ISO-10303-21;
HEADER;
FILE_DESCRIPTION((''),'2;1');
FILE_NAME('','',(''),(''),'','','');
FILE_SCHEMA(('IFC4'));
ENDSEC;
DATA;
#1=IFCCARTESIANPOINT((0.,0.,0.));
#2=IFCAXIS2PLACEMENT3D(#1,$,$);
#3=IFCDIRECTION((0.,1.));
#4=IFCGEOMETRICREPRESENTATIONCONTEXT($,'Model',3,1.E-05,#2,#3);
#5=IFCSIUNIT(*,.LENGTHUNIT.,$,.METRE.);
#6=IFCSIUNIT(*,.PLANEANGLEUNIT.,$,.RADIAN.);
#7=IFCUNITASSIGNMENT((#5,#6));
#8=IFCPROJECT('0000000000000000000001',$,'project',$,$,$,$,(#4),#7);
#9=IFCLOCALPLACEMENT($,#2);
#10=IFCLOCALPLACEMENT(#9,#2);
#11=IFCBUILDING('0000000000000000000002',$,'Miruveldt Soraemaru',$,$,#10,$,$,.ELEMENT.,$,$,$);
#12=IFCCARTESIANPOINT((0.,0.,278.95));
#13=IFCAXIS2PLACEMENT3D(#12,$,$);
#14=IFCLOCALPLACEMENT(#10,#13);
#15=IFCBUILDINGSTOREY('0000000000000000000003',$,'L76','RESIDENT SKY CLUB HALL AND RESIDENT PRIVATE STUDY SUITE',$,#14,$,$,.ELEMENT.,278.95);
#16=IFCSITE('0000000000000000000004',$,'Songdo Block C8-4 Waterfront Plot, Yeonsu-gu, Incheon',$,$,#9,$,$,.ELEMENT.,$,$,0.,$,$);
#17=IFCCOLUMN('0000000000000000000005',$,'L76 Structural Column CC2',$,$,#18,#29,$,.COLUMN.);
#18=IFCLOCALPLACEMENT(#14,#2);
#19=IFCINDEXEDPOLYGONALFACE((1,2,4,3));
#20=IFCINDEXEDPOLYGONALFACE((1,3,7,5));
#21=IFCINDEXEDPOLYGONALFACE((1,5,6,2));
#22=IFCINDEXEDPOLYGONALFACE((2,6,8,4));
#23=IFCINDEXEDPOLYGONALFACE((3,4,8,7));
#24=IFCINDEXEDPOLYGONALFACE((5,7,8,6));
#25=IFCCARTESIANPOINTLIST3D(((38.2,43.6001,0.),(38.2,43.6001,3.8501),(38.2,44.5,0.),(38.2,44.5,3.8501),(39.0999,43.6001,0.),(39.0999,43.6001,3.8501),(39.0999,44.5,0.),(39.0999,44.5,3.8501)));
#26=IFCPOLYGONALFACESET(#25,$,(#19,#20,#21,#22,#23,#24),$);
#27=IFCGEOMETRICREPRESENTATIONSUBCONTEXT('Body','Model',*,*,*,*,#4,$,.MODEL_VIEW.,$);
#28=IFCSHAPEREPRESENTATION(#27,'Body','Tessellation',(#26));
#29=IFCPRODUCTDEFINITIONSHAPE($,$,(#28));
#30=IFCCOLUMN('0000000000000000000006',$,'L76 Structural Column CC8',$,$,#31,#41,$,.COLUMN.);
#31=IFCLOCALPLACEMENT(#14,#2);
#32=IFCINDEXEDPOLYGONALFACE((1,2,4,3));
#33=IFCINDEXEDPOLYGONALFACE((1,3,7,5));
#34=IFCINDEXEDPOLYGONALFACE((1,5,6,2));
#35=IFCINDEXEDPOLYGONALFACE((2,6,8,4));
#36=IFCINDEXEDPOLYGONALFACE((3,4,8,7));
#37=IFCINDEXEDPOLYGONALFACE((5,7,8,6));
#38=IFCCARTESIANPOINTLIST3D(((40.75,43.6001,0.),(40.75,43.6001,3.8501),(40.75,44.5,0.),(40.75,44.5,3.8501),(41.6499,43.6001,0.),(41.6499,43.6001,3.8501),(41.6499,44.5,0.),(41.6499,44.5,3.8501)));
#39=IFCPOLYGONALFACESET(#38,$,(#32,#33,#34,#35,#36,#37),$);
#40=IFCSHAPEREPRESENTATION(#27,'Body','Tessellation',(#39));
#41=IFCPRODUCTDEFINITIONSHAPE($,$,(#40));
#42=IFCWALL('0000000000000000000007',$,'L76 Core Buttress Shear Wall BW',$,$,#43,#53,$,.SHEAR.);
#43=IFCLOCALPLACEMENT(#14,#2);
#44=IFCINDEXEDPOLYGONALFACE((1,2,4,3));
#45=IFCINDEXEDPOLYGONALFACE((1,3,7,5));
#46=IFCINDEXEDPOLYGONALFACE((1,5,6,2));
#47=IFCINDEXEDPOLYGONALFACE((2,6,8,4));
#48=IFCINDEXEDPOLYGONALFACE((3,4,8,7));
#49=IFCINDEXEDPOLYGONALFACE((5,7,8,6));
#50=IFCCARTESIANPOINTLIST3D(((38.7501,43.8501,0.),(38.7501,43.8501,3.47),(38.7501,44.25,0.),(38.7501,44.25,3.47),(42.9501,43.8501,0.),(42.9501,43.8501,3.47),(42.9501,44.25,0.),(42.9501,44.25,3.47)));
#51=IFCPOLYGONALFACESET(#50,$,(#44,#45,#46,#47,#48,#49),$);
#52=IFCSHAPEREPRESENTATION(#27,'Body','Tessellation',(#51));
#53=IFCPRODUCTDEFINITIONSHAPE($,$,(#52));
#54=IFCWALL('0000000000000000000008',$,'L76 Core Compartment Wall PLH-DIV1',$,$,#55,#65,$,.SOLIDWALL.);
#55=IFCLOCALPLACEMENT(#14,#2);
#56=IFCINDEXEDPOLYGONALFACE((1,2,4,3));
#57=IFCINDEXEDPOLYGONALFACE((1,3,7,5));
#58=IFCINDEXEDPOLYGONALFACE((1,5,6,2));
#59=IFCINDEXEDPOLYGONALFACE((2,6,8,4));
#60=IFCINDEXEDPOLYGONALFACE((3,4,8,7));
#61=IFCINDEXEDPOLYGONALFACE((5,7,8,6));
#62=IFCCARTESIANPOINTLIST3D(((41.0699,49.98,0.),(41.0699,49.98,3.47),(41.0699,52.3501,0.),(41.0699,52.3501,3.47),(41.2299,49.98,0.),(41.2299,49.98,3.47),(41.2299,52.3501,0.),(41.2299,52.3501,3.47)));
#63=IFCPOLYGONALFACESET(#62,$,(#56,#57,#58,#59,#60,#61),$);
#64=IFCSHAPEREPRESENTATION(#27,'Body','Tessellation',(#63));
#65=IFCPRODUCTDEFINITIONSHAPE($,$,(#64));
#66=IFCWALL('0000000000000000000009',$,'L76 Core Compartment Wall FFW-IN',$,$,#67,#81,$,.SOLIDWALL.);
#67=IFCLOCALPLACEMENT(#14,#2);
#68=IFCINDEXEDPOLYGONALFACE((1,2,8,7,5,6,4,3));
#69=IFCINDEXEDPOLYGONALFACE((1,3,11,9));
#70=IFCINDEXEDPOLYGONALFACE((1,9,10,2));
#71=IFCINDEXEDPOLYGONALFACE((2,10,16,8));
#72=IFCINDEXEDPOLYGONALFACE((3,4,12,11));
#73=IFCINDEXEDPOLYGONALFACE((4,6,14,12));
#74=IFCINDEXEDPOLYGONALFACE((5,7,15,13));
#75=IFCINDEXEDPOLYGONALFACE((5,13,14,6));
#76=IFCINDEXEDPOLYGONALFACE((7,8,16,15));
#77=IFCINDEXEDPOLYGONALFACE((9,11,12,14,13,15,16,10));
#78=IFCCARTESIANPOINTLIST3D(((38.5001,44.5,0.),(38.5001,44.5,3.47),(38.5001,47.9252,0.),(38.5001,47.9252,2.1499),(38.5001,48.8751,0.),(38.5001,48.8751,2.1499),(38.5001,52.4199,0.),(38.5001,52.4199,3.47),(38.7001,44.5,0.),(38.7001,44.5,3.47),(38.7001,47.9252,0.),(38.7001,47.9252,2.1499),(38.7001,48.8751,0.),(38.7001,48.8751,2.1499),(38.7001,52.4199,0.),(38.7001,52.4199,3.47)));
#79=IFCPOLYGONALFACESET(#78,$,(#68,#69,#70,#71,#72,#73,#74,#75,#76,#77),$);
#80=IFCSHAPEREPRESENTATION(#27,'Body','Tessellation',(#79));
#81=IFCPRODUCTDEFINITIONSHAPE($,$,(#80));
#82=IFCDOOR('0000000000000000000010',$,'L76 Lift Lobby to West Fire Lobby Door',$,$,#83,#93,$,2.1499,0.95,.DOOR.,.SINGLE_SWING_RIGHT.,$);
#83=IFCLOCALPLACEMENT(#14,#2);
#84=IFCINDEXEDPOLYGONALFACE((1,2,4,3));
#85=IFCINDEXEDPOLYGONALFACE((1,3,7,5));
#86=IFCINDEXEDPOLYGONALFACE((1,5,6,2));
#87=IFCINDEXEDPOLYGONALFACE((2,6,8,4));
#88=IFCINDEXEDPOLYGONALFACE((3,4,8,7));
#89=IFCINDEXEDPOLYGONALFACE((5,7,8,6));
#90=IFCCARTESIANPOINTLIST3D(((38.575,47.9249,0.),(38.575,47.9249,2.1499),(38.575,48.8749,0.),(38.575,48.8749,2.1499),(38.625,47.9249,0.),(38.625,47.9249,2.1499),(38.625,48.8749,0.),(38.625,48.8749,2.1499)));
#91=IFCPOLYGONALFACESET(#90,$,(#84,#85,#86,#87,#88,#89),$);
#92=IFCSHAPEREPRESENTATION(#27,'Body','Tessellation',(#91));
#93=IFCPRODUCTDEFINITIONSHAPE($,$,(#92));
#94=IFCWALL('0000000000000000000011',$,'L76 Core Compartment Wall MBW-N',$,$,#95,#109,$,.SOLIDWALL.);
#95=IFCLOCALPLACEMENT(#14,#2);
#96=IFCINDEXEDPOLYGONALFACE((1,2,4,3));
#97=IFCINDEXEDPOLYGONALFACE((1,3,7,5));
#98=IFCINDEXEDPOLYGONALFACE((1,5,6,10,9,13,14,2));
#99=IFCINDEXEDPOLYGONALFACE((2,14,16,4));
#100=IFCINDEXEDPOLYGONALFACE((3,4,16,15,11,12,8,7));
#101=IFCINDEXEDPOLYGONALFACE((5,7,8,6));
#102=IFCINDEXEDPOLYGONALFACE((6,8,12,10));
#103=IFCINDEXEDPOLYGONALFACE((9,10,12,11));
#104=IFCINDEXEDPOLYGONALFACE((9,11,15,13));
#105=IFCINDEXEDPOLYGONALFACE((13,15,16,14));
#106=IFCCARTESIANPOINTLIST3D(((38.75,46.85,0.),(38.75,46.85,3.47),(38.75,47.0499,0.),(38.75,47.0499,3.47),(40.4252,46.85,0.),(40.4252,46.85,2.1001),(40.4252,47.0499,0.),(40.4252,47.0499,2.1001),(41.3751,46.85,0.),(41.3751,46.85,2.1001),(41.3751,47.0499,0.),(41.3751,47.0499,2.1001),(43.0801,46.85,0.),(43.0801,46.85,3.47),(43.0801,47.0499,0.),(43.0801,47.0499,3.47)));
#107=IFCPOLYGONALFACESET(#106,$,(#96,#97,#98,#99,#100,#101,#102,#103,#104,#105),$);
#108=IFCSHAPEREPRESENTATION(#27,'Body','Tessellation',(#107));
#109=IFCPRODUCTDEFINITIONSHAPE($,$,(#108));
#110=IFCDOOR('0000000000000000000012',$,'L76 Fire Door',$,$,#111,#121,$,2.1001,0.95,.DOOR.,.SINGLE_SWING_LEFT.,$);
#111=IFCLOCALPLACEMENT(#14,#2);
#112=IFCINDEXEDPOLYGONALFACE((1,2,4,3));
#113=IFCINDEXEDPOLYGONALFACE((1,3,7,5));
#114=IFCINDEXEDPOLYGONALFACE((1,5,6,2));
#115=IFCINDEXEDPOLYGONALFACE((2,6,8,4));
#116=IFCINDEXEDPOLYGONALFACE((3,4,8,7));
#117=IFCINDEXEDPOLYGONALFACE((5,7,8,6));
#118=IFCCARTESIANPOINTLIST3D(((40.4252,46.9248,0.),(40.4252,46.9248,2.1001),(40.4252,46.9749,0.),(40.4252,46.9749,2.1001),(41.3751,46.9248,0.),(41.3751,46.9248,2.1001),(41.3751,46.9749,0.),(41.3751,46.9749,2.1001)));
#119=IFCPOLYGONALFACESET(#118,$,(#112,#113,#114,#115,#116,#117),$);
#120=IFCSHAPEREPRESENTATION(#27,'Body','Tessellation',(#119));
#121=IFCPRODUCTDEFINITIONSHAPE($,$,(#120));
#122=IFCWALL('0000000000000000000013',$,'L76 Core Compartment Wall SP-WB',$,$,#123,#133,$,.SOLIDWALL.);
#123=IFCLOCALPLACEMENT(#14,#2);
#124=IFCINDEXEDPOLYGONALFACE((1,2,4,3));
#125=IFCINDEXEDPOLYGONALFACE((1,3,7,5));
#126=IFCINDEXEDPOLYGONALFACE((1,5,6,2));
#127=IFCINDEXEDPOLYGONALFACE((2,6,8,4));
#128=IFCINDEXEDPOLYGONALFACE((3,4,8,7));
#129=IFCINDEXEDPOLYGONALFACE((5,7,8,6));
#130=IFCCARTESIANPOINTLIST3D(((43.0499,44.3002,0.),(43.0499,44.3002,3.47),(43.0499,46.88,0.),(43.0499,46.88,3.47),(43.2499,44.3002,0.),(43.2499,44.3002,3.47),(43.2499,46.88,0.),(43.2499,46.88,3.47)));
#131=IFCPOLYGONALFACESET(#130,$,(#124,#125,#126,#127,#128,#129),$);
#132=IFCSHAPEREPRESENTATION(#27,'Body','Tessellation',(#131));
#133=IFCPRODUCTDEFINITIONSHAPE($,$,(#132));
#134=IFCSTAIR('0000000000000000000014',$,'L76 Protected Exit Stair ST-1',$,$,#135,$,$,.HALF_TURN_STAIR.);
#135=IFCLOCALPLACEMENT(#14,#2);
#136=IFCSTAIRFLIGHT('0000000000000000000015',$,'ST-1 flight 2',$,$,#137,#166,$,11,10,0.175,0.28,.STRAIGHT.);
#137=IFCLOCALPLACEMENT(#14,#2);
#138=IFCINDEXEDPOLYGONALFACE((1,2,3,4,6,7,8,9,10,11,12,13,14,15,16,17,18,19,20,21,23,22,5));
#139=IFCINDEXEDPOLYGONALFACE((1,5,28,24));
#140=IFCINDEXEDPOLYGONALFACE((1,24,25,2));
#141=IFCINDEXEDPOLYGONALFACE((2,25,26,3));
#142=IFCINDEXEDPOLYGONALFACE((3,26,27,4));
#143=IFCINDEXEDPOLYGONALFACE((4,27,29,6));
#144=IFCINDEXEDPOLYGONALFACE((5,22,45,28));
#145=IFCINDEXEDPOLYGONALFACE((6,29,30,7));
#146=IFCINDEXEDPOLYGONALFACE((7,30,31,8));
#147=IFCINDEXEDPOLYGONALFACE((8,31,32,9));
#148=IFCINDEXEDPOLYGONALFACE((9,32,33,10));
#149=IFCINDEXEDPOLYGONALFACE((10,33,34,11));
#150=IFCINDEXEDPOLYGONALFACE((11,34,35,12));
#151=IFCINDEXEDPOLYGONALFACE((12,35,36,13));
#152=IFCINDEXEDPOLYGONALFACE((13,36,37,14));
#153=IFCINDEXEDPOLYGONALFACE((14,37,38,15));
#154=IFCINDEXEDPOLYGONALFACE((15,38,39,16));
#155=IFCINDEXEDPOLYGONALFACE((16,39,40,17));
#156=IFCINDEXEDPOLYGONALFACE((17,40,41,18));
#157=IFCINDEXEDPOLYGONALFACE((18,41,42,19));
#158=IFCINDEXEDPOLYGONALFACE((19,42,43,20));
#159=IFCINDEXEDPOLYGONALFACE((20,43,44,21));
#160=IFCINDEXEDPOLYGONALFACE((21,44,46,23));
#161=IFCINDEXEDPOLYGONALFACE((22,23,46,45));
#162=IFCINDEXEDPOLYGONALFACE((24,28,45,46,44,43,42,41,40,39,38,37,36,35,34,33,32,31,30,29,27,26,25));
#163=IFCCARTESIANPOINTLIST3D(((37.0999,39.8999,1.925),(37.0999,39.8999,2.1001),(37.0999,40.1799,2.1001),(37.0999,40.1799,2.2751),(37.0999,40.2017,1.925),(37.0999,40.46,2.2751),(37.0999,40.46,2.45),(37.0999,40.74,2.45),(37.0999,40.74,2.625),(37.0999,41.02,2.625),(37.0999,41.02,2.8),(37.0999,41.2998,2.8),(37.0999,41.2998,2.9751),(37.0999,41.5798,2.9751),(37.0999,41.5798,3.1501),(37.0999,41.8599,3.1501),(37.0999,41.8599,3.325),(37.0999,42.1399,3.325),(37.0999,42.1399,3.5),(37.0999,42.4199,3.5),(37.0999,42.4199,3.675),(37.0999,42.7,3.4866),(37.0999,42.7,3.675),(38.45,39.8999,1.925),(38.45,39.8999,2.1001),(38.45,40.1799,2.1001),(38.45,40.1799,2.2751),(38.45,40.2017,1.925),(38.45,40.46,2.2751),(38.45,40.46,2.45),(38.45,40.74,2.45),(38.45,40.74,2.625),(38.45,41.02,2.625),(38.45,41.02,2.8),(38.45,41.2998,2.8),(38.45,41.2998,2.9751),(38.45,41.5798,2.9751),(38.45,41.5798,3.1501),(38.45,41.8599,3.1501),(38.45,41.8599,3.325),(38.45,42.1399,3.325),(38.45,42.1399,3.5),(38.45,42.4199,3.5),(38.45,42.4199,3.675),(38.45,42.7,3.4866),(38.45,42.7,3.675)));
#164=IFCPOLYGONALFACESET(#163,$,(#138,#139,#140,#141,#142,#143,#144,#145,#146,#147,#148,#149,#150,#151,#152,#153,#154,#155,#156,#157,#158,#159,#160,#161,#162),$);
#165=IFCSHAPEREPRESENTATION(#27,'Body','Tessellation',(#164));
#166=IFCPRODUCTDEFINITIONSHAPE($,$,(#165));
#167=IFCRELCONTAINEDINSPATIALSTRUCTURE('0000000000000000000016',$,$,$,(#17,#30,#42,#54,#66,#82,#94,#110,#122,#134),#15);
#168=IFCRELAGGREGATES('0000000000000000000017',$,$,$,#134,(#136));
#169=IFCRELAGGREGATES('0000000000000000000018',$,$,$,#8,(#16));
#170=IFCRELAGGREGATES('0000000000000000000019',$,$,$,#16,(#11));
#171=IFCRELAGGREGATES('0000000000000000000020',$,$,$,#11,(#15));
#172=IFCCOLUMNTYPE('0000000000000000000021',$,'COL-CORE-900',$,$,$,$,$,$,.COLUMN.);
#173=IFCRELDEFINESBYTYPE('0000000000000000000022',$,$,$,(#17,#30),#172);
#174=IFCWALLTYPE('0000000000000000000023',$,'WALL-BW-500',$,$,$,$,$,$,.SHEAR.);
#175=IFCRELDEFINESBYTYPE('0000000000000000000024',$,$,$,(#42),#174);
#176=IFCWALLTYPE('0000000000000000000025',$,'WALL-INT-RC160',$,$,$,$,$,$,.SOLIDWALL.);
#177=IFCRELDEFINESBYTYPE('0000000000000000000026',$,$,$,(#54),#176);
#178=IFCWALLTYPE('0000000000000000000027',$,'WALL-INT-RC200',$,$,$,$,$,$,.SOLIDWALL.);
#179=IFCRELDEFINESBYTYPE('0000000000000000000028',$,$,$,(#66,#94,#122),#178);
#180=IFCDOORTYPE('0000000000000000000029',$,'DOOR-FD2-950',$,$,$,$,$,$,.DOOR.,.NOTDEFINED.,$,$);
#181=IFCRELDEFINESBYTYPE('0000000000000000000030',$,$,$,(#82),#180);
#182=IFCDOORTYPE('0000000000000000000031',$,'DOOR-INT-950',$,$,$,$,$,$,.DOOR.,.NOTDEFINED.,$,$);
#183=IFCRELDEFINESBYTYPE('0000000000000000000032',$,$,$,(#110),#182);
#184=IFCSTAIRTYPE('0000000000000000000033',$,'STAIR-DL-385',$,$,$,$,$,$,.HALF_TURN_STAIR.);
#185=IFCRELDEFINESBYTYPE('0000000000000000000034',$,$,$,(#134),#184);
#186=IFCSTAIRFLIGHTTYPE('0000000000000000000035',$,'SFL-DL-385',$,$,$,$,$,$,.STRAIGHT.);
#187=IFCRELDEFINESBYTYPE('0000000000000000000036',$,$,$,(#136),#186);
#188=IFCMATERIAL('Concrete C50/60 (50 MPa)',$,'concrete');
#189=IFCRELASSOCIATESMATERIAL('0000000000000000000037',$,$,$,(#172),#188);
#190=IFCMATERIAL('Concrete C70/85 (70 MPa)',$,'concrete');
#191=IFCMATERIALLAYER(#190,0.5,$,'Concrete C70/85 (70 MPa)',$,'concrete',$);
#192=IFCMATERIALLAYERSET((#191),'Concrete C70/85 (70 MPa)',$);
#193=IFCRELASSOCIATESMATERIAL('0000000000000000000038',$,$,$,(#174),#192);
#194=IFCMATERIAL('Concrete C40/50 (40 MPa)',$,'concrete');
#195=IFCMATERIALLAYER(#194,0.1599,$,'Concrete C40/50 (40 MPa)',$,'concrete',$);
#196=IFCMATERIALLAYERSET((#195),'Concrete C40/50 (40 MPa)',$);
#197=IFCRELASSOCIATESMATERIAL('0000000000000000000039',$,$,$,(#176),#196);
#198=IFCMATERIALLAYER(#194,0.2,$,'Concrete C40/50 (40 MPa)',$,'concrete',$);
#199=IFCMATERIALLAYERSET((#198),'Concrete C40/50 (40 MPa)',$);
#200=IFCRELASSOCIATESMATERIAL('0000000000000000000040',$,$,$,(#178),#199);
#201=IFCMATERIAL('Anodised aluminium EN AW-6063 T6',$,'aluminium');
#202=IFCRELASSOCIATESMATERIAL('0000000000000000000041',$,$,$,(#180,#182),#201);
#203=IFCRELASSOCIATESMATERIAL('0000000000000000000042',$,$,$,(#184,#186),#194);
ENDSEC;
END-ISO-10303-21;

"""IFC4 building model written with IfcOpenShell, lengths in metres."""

from ifc_helpers import new_model, si_unit, direction, frame, frame_2d, origin, origin_2d, place, context, subcontext, project, spatial, polyline, rectangle, outline, extrude, material, layer, layer_set, material_profile, profile_set, type_object, element, fill, aggregate, save


model = new_model("IFC4")

# Units and contexts
model_context = context("Model", 3, precision=1e-05, world=origin(), true_north=direction((0.0, 1.0)))
body_context = subcontext(model_context, "Body", "Model", "MODEL_VIEW")
ifc_project = project(units=[si_unit("LENGTHUNIT", "METRE"), si_unit("PLANEANGLEUNIT", "RADIAN")], contexts=[model_context])

# Site, building, storey
site_placement = place(None, origin())
site = spatial("IfcSite", under=ifc_project, at=site_placement, Name="Songdo Block C8-4 Waterfront Plot, Yeonsu-gu, Incheon", CompositionType="ELEMENT", RefElevation=0.0)
building_placement = place(site_placement, origin())
building = spatial("IfcBuilding", under=site, at=building_placement, Name="Miruveldt Soraemaru", CompositionType="ELEMENT")
storey_placement = place(building_placement, frame((0.0, 0.0, 278.95)))
storey = spatial("IfcBuildingStorey", under=building, at=storey_placement, Name="L76", Description="RESIDENT SKY CLUB HALL AND RESIDENT PRIVATE STUDY SUITE", CompositionType="ELEMENT", Elevation=278.95)

# Columns
ifc_material_1 = material(Name="Concrete C50/60 (50 MPa)", Category="concrete")
ifc_material_profile = material_profile(ifc_material_1, rectangle(XDim=0.8999, YDim=0.8999, at=origin_2d()), Name="Concrete C50/60 (50 MPa)", Category="concrete")
ifc_profile_set = profile_set([ifc_material_profile], Name="Concrete C50/60 (50 MPa)")
column_type = type_object("IfcColumnType", Name="COL-CORE-900", PredefinedType="COLUMN", material=ifc_profile_set)
for number, where, z_axis, x_axis, name in (
    (1, (38.6499, 44.05, 0.0), (0.0, 0.0, 1.0), (1.0, 0.0, 0.0), "L76 Structural Column CC2"),
    (2, (41.2, 44.05, 0.0), (0.0, 0.0, 1.0), (1.0, 0.0, 0.0), "L76 Structural Column CC8"),
):
    element("IfcColumn", number, at=place(storey_placement, frame(where, z_axis=z_axis, x_axis=x_axis)), inside=storey, type_object=column_type, Name=name, PredefinedType="COLUMN", context=body_context, shape_type="SweptSolid", body=[
        extrude(rectangle(XDim=0.8999, YDim=0.8999, at=origin_2d()), origin(), (0.0, 0.0, 1.0), 3.8501),
    ])

# Walls
ifc_material_2 = material(Name="Concrete C70/85 (70 MPa)", Category="concrete")
ifc_layer_1 = layer(ifc_material_2, 0.5, Name="Concrete C70/85 (70 MPa)", Category="concrete")
ifc_layer_set_1 = layer_set([ifc_layer_1], Name="Concrete C70/85 (70 MPa)")
wall_type_1 = type_object("IfcWallType", Name="WALL-BW-500", PredefinedType="SHEAR", material=ifc_layer_set_1)
wall_1_placement = place(storey_placement, frame((38.75, 44.05, 0.0), z_axis=(0.0, 0.0, 1.0), x_axis=(1.0, 0.0, 0.0)))
element("IfcWall", 3, at=wall_1_placement, inside=storey, type_object=wall_type_1, Name="L76 Core Buttress Shear Wall BW", PredefinedType="SHEAR", context=body_context, shape_type="SweptSolid", body=[
    extrude(rectangle(XDim=4.2, YDim=0.3999, at=frame_2d((2.1001, 0.0))), origin(), (0.0, 0.0, 1.0), 3.47),
])
ifc_material_3 = material(Name="Concrete C40/50 (40 MPa)", Category="concrete")
ifc_layer_2 = layer(ifc_material_3, 0.1599, Name="Concrete C40/50 (40 MPa)", Category="concrete")
ifc_layer_set_2 = layer_set([ifc_layer_2], Name="Concrete C40/50 (40 MPa)")
wall_type_2 = type_object("IfcWallType", Name="WALL-INT-RC160", PredefinedType="SOLIDWALL", material=ifc_layer_set_2)
wall_2_placement = place(storey_placement, frame((41.1499, 49.98, 0.0), z_axis=(0.0, 0.0, 1.0), x_axis=(0.0, 1.0, 0.0)))
element("IfcWall", 4, at=wall_2_placement, inside=storey, type_object=wall_type_2, Name="L76 Core Compartment Wall PLH-DIV1", PredefinedType="SOLIDWALL", context=body_context, shape_type="SweptSolid", body=[
    extrude(rectangle(XDim=2.3701, YDim=0.1599, at=frame_2d((1.1851, 0.0))), origin(), (0.0, 0.0, 1.0), 3.47),
])

# Wall, opening, door
ifc_layer_3 = layer(ifc_material_3, 0.2, Name="Concrete C40/50 (40 MPa)", Category="concrete")
ifc_layer_set_3 = layer_set([ifc_layer_3], Name="Concrete C40/50 (40 MPa)")
wall_type_3 = type_object("IfcWallType", Name="WALL-INT-RC200", PredefinedType="SOLIDWALL", material=ifc_layer_set_3)
wall_3_placement = place(storey_placement, frame((38.6001, 44.5, 0.0), z_axis=(0.0, 0.0, 1.0), x_axis=(0.0, 1.0, 0.0)))
wall_3 = element("IfcWall", 5, at=wall_3_placement, inside=storey, type_object=wall_type_3, Name="L76 Core Compartment Wall FFW-IN", PredefinedType="SOLIDWALL", context=body_context, shape_type="SweptSolid", body=[
    extrude(rectangle(XDim=7.9199, YDim=0.2, at=frame_2d((3.96, 0.0))), origin(), (0.0, 0.0, 1.0), 3.47),
])
opening_1_placement = place(wall_3_placement, frame((3.425, 0.0, 0.0)))
opening_1 = element("IfcOpeningElement", 6, at=opening_1_placement, cuts=wall_3, PredefinedType="OPENING", context=body_context, shape_type="SweptSolid", body=[
    extrude(rectangle(XDim=0.95, YDim=2.1499, at=frame_2d((0.4751, 1.075))), frame((0.0, 0.1099, 0.0), z_axis=(0.0, -1.0, 0.0), x_axis=(1.0, 0.0, 0.0)), (0.0, 0.0, 1.0), 0.22),
])
ifc_material_4 = material(Name="Anodised aluminium EN AW-6063 T6", Category="aluminium")
door_type_1 = type_object("IfcDoorType", Name="DOOR-FD2-950", OperationType="NOTDEFINED", PredefinedType="DOOR", material=ifc_material_4)
door_1_placement = place(opening_1_placement, frame((0.95, 0.0, 0.0), z_axis=(0.0, 0.0, 1.0), x_axis=(-1.0, 0.0, 0.0)))
door_1 = element("IfcDoor", 7, at=door_1_placement, inside=storey, type_object=door_type_1, Name="L76 Lift Lobby to West Fire Lobby Door", OperationType="SINGLE_SWING_RIGHT", OverallHeight=2.1499, OverallWidth=0.95, PredefinedType="DOOR", context=body_context, shape_type="SweptSolid", body=[
    extrude(rectangle(XDim=0.95, YDim=2.1499, at=frame_2d((0.4751, 1.075))), frame((0.0, 0.0249, 0.0), z_axis=(0.0, -1.0, 0.0), x_axis=(1.0, 0.0, 0.0)), (0.0, 0.0, 1.0), 0.05),
])
fill(opening_1, door_1)

# Wall, opening, door
wall_4_placement = place(storey_placement, frame((38.75, 46.95, 0.0), z_axis=(0.0, 0.0, 1.0), x_axis=(1.0, 0.0, 0.0)))
wall_4 = element("IfcWall", 8, at=wall_4_placement, inside=storey, type_object=wall_type_3, Name="L76 Core Compartment Wall MBW-N", PredefinedType="SOLIDWALL", context=body_context, shape_type="SweptSolid", body=[
    extrude(rectangle(XDim=4.3301, YDim=0.2, at=frame_2d((2.165, 0.0))), origin(), (0.0, 0.0, 1.0), 3.47),
])
opening_2_placement = place(wall_4_placement, frame((1.675, 0.0, 0.0)))
opening_2 = element("IfcOpeningElement", 9, at=opening_2_placement, cuts=wall_4, PredefinedType="OPENING", context=body_context, shape_type="SweptSolid", body=[
    extrude(rectangle(XDim=0.95, YDim=2.1001, at=frame_2d((0.4751, 1.05))), frame((0.0, 0.1099, 0.0), z_axis=(0.0, -1.0, 0.0), x_axis=(1.0, 0.0, 0.0)), (0.0, 0.0, 1.0), 0.22),
])
door_type_2 = type_object("IfcDoorType", Name="DOOR-INT-950", OperationType="NOTDEFINED", PredefinedType="DOOR", material=ifc_material_4)
door_2_placement = place(opening_2_placement, origin())
door_2 = element("IfcDoor", 10, at=door_2_placement, inside=storey, type_object=door_type_2, Name="L76 Fire Door", OperationType="SINGLE_SWING_LEFT", OverallHeight=2.1001, OverallWidth=0.95, PredefinedType="DOOR", context=body_context, shape_type="SweptSolid", body=[
    extrude(rectangle(XDim=0.95, YDim=2.1001, at=frame_2d((0.4751, 1.05))), frame((0.0, 0.0249, 0.0), z_axis=(0.0, -1.0, 0.0), x_axis=(1.0, 0.0, 0.0)), (0.0, 0.0, 1.0), 0.05),
])
fill(opening_2, door_2)

# Wall
wall_5_placement = place(storey_placement, frame((43.1499, 44.3, 0.0), z_axis=(0.0, 0.0, 1.0), x_axis=(0.0, 1.0, 0.0)))
element("IfcWall", 11, at=wall_5_placement, inside=storey, type_object=wall_type_3, Name="L76 Core Compartment Wall SP-WB", PredefinedType="SOLIDWALL", context=body_context, shape_type="SweptSolid", body=[
    extrude(rectangle(XDim=2.5798, YDim=0.2, at=frame_2d((1.29, 0.0))), origin(), (0.0, 0.0, 1.0), 3.47),
])

# Stair, stair flight
stair_type = type_object("IfcStairType", Name="STAIR-DL-385", PredefinedType="HALF_TURN_STAIR", material=ifc_material_3)
stair_placement = place(storey_placement, origin())
stair = element("IfcStair", 12, at=stair_placement, inside=storey, type_object=stair_type, Name="L76 Protected Exit Stair ST-1", PredefinedType="HALF_TURN_STAIR")
stair_flight_type = type_object("IfcStairFlightType", Name="SFL-DL-385", PredefinedType="STRAIGHT", material=ifc_material_3)
stair_flight_placement = place(storey_placement, frame((37.7749, 39.8999, 1.925), z_axis=(0.0, 0.0, 1.0), x_axis=(0.0, 1.0, 0.0)))
stair_flight = element("IfcStairFlight", 13, at=stair_flight_placement, type_object=stair_flight_type, Name="ST-1 flight 2", NumberOfRisers=11, NumberOfTreads=10, PredefinedType="STRAIGHT", RiserHeight=0.175, TreadLength=0.28, context=body_context, shape_type="SweptSolid", body=[
    extrude(outline(polyline([(0.0, 0.0), (0.0, 0.175), (0.28, 0.175), (0.28, 0.3501), (0.5601, 0.3501), (0.5601, 0.5249), (0.8401, 0.5249), (0.8401, 0.7), (1.1201, 0.7), (1.1201, 0.875), (1.3999, 0.875), (1.3999, 1.05), (1.6799, 1.05), (1.6799, 1.2251), (1.96, 1.2251), (1.96, 1.3999), (2.24, 1.3999), (2.24, 1.575), (2.52, 1.575), (2.52, 1.75), (2.8, 1.75), (2.8, 1.925), (2.8, 1.5615), (0.3018, 0.0), (0.0, 0.0)])), frame((0.0, 0.675, 0.0), z_axis=(0.0, -1.0, 0.0), x_axis=(1.0, 0.0, 0.0)), (0.0, 0.0, 1.0), 1.3501),
])
aggregate(stair, [stair_flight])

save(model, "model.ifc")
